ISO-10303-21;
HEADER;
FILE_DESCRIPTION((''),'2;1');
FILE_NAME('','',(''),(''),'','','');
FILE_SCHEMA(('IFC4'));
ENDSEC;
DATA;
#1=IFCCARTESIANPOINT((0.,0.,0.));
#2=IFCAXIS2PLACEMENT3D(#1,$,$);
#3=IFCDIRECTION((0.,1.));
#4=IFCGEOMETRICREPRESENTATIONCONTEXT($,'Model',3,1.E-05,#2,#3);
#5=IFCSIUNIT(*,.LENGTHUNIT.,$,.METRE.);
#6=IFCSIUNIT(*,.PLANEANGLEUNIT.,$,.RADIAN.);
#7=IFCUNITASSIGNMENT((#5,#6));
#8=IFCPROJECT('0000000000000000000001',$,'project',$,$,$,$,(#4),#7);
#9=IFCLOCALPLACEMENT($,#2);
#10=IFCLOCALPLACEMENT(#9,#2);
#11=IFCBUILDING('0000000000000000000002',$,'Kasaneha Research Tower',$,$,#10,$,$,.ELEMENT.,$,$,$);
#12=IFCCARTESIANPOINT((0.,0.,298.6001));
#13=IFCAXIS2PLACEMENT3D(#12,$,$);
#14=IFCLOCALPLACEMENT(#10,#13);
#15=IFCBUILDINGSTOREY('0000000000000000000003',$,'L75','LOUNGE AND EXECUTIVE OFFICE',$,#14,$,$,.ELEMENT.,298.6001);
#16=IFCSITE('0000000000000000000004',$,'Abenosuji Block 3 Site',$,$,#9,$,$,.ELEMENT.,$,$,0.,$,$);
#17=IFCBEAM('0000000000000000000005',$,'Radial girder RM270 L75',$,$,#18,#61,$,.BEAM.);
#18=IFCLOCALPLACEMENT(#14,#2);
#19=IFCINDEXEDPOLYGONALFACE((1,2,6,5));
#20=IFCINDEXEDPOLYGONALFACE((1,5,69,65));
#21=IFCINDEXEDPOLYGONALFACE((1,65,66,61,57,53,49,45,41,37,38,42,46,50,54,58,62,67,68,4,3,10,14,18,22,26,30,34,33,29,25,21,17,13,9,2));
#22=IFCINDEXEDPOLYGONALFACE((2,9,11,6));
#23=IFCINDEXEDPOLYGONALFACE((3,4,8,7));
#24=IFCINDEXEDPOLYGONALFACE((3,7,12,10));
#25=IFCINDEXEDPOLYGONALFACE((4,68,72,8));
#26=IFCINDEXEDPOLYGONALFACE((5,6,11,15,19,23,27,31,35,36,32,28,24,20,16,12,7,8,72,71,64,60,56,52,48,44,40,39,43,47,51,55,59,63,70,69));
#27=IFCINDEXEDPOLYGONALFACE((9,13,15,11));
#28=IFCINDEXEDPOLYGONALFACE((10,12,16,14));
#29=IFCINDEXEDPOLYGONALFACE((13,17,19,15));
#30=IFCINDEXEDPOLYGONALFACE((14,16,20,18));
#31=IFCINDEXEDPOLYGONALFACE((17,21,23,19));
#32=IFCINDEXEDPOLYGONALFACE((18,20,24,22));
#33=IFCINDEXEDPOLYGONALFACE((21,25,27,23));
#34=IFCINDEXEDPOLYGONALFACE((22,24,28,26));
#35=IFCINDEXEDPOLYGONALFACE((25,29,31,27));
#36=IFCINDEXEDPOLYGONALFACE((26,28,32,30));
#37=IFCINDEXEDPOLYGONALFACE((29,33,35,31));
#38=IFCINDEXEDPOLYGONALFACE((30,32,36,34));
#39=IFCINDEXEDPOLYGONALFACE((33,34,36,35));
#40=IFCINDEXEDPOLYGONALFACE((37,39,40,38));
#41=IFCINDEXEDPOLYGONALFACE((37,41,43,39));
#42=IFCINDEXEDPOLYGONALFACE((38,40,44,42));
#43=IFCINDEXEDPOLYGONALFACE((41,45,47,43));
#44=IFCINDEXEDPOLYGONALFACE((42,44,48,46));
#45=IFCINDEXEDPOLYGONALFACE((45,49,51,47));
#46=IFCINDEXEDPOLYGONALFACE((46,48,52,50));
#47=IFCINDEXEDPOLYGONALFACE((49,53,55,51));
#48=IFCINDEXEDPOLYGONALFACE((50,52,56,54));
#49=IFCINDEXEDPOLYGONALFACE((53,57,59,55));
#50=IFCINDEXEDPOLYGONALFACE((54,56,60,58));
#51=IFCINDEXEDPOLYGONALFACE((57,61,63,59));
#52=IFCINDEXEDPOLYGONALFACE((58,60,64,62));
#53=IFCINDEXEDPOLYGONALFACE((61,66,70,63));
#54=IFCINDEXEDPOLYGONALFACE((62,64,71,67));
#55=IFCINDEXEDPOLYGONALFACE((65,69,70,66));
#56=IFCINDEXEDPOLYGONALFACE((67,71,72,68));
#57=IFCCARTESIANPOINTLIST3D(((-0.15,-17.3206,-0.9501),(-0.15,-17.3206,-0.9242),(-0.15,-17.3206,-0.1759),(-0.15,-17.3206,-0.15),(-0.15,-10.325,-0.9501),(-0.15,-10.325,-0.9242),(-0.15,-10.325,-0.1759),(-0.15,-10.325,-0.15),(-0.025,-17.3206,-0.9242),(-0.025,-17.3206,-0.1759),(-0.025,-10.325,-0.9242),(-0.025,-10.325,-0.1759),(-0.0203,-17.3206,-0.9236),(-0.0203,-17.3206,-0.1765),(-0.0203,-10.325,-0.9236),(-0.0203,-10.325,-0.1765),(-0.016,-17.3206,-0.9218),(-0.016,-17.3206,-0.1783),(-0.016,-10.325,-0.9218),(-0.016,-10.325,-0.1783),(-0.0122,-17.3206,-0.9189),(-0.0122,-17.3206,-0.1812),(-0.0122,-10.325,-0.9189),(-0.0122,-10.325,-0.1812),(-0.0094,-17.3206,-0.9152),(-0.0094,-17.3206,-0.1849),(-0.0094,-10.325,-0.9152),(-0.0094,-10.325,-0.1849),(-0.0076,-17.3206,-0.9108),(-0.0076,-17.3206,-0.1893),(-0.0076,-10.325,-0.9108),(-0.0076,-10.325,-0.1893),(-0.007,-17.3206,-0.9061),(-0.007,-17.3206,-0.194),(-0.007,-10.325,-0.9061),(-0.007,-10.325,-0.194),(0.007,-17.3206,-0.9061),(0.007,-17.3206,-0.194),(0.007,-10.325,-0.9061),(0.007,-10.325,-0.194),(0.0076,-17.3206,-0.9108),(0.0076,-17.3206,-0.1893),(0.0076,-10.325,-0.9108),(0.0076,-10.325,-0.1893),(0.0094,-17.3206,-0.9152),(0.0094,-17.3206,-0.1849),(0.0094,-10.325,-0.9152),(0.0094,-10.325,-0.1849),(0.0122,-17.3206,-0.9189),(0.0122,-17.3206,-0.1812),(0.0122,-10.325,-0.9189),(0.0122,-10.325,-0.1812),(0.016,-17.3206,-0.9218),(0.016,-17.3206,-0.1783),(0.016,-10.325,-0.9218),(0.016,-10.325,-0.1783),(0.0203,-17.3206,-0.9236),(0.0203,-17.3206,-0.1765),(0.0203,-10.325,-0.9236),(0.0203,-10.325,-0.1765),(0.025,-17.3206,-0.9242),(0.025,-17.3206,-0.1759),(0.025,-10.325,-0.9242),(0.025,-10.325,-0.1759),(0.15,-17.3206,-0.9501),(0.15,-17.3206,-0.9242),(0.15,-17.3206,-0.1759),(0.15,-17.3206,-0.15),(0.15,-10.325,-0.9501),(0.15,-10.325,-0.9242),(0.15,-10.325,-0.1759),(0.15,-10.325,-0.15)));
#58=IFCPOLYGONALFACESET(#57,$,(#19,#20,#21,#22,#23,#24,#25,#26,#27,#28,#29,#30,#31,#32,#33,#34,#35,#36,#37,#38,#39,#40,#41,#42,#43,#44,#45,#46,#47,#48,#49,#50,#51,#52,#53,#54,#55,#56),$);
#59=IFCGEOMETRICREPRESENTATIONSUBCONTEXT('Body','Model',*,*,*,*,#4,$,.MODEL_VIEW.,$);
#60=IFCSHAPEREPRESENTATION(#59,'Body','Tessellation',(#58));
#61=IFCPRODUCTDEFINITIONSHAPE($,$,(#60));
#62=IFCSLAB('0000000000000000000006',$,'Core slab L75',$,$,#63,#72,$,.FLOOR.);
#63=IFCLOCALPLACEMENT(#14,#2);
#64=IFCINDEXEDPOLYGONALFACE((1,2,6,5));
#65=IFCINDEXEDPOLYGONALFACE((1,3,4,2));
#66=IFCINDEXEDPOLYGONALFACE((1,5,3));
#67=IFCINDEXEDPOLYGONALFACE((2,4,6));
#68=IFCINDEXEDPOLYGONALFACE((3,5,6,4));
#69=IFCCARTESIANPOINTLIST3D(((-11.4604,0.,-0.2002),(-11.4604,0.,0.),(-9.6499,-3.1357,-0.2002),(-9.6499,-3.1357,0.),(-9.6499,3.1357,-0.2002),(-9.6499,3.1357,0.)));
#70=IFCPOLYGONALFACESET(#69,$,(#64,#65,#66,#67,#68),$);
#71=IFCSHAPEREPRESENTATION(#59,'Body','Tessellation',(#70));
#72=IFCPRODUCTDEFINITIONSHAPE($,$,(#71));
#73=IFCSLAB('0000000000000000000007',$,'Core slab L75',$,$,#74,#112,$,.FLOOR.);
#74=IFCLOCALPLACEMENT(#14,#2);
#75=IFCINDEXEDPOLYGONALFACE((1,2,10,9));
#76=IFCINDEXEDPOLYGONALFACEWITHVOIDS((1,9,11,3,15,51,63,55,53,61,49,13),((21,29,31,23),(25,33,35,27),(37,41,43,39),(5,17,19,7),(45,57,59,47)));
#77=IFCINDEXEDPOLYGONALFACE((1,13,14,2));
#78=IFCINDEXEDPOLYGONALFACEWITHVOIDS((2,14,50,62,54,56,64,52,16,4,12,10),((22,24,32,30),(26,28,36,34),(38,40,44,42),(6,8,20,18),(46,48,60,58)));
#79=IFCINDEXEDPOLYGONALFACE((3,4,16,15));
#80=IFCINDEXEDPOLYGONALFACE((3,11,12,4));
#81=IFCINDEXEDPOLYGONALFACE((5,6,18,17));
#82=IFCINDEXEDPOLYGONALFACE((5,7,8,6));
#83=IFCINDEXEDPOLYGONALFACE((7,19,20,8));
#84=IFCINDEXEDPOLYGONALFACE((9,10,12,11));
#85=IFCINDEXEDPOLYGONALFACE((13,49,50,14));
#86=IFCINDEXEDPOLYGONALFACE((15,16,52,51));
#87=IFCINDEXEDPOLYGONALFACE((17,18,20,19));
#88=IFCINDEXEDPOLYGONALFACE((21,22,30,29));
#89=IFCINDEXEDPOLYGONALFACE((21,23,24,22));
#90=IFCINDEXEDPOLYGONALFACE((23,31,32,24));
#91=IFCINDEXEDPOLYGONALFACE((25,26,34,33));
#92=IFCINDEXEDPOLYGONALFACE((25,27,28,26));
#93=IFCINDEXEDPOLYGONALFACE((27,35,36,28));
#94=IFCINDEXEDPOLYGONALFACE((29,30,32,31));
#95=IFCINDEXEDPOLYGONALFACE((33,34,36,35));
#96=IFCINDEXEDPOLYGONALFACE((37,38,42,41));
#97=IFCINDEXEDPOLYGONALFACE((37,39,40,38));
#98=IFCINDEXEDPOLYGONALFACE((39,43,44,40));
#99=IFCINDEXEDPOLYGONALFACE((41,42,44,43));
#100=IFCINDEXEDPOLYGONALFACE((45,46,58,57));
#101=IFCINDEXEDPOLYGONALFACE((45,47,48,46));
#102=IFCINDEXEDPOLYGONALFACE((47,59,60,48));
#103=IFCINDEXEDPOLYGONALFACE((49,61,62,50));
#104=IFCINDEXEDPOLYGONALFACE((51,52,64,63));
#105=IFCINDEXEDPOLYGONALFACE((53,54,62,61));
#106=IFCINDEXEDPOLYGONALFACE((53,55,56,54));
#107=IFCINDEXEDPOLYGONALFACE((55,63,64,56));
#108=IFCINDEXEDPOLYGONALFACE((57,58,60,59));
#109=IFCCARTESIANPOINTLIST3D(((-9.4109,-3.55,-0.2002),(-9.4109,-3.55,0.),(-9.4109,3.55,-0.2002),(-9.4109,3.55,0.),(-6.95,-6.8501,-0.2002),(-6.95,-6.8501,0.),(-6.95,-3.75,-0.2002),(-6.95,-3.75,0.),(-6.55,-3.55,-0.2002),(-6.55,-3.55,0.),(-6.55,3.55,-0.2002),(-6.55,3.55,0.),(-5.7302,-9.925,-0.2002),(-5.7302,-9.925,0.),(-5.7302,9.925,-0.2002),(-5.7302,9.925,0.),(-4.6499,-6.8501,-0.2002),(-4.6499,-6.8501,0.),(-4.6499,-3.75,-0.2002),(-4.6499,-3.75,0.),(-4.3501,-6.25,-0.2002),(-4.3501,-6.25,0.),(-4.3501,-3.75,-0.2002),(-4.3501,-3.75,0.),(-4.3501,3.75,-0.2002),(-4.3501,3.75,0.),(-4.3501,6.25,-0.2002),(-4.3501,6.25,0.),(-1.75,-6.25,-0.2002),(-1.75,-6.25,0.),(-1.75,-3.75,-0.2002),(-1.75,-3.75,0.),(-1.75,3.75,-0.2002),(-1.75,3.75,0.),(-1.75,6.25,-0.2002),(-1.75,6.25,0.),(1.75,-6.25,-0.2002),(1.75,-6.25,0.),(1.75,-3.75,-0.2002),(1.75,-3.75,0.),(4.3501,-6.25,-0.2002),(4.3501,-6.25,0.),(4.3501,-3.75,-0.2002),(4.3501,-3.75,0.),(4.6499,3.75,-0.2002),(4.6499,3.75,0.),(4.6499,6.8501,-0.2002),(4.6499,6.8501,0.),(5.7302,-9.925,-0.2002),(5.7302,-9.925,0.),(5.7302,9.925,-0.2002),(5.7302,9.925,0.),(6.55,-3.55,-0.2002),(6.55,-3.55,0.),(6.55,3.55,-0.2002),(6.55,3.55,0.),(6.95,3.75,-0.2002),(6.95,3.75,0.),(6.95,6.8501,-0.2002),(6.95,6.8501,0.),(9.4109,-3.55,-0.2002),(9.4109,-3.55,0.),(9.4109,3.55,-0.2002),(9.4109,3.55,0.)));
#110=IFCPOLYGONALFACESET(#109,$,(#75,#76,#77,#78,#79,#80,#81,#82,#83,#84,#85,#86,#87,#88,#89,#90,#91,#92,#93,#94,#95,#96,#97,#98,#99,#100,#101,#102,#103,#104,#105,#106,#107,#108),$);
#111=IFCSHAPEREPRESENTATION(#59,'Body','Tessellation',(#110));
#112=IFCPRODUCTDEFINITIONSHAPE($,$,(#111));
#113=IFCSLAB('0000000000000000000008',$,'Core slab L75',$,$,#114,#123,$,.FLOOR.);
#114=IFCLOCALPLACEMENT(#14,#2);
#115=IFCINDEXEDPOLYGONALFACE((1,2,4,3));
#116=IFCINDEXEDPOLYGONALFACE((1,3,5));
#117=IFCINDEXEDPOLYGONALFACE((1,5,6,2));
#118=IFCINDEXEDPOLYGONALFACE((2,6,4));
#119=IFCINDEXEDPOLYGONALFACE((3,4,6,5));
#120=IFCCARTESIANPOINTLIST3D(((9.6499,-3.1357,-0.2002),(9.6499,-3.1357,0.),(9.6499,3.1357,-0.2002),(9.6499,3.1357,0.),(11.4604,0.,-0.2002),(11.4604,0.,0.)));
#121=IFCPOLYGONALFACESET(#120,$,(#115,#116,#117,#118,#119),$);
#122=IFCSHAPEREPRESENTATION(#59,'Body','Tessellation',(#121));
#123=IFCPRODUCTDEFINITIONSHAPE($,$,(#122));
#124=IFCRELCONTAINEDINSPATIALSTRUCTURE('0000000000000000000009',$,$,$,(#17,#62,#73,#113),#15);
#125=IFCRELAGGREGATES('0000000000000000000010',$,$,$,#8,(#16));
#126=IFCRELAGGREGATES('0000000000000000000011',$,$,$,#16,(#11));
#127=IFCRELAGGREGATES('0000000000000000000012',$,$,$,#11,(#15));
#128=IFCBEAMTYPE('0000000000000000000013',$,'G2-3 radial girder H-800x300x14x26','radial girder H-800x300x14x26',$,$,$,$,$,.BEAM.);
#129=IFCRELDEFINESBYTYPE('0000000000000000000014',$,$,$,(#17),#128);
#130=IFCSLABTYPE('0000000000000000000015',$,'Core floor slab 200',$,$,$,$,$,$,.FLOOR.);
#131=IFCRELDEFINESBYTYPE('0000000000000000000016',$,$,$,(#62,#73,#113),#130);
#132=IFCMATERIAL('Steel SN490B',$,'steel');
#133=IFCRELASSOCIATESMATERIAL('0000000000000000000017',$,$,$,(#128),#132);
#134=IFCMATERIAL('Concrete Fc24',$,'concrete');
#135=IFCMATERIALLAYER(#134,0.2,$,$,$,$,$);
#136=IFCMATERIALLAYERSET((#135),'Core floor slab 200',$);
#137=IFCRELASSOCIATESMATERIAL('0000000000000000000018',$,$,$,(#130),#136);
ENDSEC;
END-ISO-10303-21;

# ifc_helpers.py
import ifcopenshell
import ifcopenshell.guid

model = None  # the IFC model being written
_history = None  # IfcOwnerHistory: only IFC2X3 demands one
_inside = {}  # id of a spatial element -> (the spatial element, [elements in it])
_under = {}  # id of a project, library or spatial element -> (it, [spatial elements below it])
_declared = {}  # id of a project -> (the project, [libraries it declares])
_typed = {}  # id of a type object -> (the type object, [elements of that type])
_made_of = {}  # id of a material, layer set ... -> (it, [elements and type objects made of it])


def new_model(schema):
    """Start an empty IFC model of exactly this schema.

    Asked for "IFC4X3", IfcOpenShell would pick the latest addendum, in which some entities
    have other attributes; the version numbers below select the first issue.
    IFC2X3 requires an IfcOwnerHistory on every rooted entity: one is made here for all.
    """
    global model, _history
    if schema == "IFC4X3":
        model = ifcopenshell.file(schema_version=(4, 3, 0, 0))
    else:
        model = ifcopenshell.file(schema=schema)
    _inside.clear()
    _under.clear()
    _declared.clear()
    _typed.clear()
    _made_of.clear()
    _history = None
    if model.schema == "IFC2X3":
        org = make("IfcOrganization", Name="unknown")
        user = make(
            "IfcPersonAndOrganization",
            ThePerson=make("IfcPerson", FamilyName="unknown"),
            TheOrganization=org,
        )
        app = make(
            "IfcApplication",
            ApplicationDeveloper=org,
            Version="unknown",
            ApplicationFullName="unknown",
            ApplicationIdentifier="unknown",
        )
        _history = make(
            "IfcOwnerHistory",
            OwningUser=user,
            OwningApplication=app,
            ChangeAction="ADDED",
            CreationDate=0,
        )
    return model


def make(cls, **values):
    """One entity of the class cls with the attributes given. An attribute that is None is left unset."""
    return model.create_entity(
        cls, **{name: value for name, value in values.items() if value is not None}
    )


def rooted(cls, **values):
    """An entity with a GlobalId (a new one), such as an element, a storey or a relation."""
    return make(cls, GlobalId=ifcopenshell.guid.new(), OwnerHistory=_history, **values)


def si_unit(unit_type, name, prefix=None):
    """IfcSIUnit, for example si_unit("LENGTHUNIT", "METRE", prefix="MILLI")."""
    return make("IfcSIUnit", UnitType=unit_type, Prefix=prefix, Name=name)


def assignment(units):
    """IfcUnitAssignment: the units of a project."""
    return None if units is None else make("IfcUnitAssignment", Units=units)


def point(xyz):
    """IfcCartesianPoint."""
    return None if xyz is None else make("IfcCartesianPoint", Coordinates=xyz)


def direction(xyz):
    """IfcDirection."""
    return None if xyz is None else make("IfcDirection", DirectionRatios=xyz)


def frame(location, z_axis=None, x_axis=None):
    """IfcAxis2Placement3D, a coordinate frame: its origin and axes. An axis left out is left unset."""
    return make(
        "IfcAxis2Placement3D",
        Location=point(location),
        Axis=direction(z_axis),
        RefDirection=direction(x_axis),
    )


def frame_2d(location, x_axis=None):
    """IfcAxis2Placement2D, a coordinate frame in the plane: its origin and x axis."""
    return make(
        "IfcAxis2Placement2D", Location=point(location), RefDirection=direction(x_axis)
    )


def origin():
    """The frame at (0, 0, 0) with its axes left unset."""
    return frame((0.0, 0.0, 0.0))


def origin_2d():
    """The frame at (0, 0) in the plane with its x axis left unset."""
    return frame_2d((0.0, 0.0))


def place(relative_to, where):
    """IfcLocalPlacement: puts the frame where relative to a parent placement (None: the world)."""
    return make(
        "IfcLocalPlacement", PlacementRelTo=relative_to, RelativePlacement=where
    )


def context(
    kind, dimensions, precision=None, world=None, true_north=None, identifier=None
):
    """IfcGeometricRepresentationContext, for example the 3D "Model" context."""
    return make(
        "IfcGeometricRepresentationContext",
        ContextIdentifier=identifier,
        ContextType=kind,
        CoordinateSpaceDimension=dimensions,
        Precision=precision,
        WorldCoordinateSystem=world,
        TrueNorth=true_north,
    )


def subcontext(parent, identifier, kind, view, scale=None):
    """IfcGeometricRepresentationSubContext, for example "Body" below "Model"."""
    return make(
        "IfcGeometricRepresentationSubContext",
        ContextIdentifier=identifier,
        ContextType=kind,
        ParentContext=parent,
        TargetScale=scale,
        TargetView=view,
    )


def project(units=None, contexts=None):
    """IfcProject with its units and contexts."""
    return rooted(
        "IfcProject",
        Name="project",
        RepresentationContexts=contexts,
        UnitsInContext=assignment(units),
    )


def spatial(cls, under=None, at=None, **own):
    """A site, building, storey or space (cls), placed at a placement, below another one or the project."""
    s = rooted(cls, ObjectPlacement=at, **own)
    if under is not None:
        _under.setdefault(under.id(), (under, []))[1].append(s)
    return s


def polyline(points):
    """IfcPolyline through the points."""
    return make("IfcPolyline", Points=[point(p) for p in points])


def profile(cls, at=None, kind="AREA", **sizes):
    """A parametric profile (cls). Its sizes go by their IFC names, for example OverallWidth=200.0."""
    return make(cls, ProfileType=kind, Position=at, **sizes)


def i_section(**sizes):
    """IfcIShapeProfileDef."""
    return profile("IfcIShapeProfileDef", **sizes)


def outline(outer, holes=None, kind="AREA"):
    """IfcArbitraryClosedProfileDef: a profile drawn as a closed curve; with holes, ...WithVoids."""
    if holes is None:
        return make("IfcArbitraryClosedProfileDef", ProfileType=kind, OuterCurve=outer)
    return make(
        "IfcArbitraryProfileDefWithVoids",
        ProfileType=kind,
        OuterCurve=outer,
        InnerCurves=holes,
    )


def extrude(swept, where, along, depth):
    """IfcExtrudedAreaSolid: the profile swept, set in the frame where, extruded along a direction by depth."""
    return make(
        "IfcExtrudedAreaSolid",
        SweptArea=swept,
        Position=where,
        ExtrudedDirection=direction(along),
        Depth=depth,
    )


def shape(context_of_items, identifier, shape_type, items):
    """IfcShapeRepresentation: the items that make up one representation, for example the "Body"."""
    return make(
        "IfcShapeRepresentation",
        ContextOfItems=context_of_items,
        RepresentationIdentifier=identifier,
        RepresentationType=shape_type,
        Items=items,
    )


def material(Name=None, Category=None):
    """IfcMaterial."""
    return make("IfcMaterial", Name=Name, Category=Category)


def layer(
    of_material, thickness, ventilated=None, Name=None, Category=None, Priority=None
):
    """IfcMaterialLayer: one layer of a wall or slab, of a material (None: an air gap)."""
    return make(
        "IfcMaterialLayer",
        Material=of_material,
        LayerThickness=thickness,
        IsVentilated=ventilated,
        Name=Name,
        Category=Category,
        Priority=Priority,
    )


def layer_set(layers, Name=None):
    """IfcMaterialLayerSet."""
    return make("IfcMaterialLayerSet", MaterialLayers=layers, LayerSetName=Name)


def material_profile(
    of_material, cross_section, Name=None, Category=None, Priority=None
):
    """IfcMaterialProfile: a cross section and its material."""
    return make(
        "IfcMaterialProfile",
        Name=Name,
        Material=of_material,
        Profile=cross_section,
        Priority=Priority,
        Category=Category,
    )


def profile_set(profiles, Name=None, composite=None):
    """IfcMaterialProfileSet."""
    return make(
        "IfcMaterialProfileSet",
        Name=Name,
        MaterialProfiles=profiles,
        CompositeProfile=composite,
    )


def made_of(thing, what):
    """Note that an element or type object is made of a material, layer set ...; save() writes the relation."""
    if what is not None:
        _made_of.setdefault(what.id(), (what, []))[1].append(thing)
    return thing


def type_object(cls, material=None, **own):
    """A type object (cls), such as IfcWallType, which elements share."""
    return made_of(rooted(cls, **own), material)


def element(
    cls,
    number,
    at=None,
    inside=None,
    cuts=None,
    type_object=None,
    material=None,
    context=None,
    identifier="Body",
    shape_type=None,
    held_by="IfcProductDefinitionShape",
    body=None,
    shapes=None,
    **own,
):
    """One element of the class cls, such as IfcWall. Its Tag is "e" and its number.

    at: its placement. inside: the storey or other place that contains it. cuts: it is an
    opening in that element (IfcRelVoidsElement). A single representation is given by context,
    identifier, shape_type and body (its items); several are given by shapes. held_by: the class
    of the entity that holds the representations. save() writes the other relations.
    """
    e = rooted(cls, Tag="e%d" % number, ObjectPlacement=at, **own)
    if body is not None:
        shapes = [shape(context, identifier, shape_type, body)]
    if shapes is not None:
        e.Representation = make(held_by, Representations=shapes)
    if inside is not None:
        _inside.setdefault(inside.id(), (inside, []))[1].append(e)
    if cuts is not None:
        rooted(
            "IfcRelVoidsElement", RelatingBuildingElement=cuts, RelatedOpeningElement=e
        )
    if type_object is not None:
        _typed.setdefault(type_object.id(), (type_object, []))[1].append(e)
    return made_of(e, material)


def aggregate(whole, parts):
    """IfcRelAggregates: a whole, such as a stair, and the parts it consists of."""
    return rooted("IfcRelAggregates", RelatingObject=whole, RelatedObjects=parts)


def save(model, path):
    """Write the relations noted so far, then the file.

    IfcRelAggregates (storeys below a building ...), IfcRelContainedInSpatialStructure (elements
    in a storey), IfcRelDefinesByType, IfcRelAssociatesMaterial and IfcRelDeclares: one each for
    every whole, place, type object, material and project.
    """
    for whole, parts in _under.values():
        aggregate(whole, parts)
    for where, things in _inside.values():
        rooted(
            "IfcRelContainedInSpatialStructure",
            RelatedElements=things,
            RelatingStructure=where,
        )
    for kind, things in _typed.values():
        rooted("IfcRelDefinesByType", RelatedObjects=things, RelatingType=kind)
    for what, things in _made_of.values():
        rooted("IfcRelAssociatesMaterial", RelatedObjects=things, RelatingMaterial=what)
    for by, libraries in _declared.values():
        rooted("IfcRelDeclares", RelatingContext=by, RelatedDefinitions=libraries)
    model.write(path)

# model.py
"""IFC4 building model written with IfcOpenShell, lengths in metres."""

from ifc_helpers import new_model, si_unit, direction, frame, origin, origin_2d, place, context, subcontext, project, spatial, polyline, i_section, outline, extrude, material, layer, layer_set, material_profile, profile_set, type_object, element, save


model = new_model("IFC4")

# Units and contexts
model_context = context("Model", 3, precision=1e-05, world=origin(), true_north=direction((0.0, 1.0)))
body_context = subcontext(model_context, "Body", "Model", "MODEL_VIEW")
ifc_project = project(units=[si_unit("LENGTHUNIT", "METRE"), si_unit("PLANEANGLEUNIT", "RADIAN")], contexts=[model_context])

# Site, building, storey
site_placement = place(None, origin())
site = spatial("IfcSite", under=ifc_project, at=site_placement, Name="Abenosuji Block 3 Site", CompositionType="ELEMENT", RefElevation=0.0)
building_placement = place(site_placement, origin())
building = spatial("IfcBuilding", under=site, at=building_placement, Name="Kasaneha Research Tower", CompositionType="ELEMENT")
storey_placement = place(building_placement, frame((0.0, 0.0, 298.6001)))
storey = spatial("IfcBuildingStorey", under=building, at=storey_placement, Name="L75", Description="LOUNGE AND EXECUTIVE OFFICE", CompositionType="ELEMENT", Elevation=298.6001)

# Beam
ifc_material_1 = material(Name="Steel SN490B", Category="steel")
ifc_material_profile = material_profile(ifc_material_1, i_section(OverallWidth=0.3, OverallDepth=0.8, WebThickness=0.0139, FlangeThickness=0.0259, FilletRadius=0.0181, at=origin_2d()), Name="H-800x300x14x26")
ifc_profile_set = profile_set([ifc_material_profile], Name="Steel SN490B")
beam_type = type_object("IfcBeamType", Name="G2-3 radial girder H-800x300x14x26", Description="radial girder H-800x300x14x26", PredefinedType="BEAM", material=ifc_profile_set)
beam_placement = place(storey_placement, frame((0.0, -10.325, -0.55), z_axis=(0.0, -1.0, 0.0), x_axis=(1.0, 0.0, 0.0)))
element("IfcBeam", 1, at=beam_placement, inside=storey, type_object=beam_type, Name="Radial girder RM270 L75", PredefinedType="BEAM", context=body_context, shape_type="SweptSolid", body=[
    extrude(i_section(OverallWidth=0.3, OverallDepth=0.8, WebThickness=0.0139, FlangeThickness=0.0259, FilletRadius=0.0181, at=origin_2d()), origin(), (0.0, 0.0, 1.0), 6.9956),
])

# Slabs
ifc_material_2 = material(Name="Concrete Fc24", Category="concrete")
ifc_layer_1 = layer(ifc_material_2, 0.2)
ifc_layer_set_1 = layer_set([ifc_layer_1], Name="Core floor slab 200")
slab_type_1 = type_object("IfcSlabType", Name="Core floor slab 200", PredefinedType="FLOOR", material=ifc_layer_set_1)
slab_1_placement = place(storey_placement, frame((0.0, 0.0, -0.2002)))
element("IfcSlab", 2, at=slab_1_placement, inside=storey, type_object=slab_type_1, Name="Core slab L75", PredefinedType="FLOOR", context=body_context, shape_type="SweptSolid", body=[
    extrude(outline(polyline([(-11.4604, 0.0), (-9.6499, 3.1357), (-9.6499, -3.1357), (-11.4604, 0.0)])), origin(), (0.0, 0.0, 1.0), 0.2002),
])
slab_2_placement = place(storey_placement, frame((0.0, 0.0, -0.2002)))
element("IfcSlab", 3, at=slab_2_placement, inside=storey, type_object=slab_type_1, Name="Core slab L75", PredefinedType="FLOOR", context=body_context, shape_type="SweptSolid", body=[
    extrude(outline(polyline([(-5.7302, 9.925), (5.7302, 9.925), (9.4109, 3.55), (6.55, 3.55), (6.55, -3.55), (9.4109, -3.55), (5.7302, -9.925), (-5.7302, -9.925), (-9.4109, -3.55), (-6.55, -3.55), (-6.55, 3.55), (-9.4109, 3.55), (-5.7302, 9.925)]), holes=[polyline([(-6.95, -6.8501), (-4.6499, -6.8501), (-4.6499, -3.75), (-6.95, -3.75), (-6.95, -6.8501)]), polyline([(-4.3501, -3.75), (-4.3501, -6.25), (-1.75, -6.25), (-1.75, -3.75), (-4.3501, -3.75)]), polyline([(1.75, -3.75), (1.75, -6.25), (4.3501, -6.25), (4.3501, -3.75), (1.75, -3.75)]), polyline([(-4.3501, 6.25), (-4.3501, 3.75), (-1.75, 3.75), (-1.75, 6.25), (-4.3501, 6.25)]), polyline([(4.6499, 6.8501), (4.6499, 3.75), (6.95, 3.75), (6.95, 6.8501), (4.6499, 6.8501)])]), origin(), (0.0, 0.0, 1.0), 0.2002),
])
slab_3_placement = place(storey_placement, frame((0.0, 0.0, -0.2002)))
element("IfcSlab", 4, at=slab_3_placement, inside=storey, type_object=slab_type_1, Name="Core slab L75", PredefinedType="FLOOR", context=body_context, shape_type="SweptSolid", body=[
    extrude(outline(polyline([(11.4604, 0.0), (9.6499, -3.1357), (9.6499, 3.1357), (11.4604, 0.0)])), origin(), (0.0, 0.0, 1.0), 0.2002),
])

save(model, "model.ifc")
